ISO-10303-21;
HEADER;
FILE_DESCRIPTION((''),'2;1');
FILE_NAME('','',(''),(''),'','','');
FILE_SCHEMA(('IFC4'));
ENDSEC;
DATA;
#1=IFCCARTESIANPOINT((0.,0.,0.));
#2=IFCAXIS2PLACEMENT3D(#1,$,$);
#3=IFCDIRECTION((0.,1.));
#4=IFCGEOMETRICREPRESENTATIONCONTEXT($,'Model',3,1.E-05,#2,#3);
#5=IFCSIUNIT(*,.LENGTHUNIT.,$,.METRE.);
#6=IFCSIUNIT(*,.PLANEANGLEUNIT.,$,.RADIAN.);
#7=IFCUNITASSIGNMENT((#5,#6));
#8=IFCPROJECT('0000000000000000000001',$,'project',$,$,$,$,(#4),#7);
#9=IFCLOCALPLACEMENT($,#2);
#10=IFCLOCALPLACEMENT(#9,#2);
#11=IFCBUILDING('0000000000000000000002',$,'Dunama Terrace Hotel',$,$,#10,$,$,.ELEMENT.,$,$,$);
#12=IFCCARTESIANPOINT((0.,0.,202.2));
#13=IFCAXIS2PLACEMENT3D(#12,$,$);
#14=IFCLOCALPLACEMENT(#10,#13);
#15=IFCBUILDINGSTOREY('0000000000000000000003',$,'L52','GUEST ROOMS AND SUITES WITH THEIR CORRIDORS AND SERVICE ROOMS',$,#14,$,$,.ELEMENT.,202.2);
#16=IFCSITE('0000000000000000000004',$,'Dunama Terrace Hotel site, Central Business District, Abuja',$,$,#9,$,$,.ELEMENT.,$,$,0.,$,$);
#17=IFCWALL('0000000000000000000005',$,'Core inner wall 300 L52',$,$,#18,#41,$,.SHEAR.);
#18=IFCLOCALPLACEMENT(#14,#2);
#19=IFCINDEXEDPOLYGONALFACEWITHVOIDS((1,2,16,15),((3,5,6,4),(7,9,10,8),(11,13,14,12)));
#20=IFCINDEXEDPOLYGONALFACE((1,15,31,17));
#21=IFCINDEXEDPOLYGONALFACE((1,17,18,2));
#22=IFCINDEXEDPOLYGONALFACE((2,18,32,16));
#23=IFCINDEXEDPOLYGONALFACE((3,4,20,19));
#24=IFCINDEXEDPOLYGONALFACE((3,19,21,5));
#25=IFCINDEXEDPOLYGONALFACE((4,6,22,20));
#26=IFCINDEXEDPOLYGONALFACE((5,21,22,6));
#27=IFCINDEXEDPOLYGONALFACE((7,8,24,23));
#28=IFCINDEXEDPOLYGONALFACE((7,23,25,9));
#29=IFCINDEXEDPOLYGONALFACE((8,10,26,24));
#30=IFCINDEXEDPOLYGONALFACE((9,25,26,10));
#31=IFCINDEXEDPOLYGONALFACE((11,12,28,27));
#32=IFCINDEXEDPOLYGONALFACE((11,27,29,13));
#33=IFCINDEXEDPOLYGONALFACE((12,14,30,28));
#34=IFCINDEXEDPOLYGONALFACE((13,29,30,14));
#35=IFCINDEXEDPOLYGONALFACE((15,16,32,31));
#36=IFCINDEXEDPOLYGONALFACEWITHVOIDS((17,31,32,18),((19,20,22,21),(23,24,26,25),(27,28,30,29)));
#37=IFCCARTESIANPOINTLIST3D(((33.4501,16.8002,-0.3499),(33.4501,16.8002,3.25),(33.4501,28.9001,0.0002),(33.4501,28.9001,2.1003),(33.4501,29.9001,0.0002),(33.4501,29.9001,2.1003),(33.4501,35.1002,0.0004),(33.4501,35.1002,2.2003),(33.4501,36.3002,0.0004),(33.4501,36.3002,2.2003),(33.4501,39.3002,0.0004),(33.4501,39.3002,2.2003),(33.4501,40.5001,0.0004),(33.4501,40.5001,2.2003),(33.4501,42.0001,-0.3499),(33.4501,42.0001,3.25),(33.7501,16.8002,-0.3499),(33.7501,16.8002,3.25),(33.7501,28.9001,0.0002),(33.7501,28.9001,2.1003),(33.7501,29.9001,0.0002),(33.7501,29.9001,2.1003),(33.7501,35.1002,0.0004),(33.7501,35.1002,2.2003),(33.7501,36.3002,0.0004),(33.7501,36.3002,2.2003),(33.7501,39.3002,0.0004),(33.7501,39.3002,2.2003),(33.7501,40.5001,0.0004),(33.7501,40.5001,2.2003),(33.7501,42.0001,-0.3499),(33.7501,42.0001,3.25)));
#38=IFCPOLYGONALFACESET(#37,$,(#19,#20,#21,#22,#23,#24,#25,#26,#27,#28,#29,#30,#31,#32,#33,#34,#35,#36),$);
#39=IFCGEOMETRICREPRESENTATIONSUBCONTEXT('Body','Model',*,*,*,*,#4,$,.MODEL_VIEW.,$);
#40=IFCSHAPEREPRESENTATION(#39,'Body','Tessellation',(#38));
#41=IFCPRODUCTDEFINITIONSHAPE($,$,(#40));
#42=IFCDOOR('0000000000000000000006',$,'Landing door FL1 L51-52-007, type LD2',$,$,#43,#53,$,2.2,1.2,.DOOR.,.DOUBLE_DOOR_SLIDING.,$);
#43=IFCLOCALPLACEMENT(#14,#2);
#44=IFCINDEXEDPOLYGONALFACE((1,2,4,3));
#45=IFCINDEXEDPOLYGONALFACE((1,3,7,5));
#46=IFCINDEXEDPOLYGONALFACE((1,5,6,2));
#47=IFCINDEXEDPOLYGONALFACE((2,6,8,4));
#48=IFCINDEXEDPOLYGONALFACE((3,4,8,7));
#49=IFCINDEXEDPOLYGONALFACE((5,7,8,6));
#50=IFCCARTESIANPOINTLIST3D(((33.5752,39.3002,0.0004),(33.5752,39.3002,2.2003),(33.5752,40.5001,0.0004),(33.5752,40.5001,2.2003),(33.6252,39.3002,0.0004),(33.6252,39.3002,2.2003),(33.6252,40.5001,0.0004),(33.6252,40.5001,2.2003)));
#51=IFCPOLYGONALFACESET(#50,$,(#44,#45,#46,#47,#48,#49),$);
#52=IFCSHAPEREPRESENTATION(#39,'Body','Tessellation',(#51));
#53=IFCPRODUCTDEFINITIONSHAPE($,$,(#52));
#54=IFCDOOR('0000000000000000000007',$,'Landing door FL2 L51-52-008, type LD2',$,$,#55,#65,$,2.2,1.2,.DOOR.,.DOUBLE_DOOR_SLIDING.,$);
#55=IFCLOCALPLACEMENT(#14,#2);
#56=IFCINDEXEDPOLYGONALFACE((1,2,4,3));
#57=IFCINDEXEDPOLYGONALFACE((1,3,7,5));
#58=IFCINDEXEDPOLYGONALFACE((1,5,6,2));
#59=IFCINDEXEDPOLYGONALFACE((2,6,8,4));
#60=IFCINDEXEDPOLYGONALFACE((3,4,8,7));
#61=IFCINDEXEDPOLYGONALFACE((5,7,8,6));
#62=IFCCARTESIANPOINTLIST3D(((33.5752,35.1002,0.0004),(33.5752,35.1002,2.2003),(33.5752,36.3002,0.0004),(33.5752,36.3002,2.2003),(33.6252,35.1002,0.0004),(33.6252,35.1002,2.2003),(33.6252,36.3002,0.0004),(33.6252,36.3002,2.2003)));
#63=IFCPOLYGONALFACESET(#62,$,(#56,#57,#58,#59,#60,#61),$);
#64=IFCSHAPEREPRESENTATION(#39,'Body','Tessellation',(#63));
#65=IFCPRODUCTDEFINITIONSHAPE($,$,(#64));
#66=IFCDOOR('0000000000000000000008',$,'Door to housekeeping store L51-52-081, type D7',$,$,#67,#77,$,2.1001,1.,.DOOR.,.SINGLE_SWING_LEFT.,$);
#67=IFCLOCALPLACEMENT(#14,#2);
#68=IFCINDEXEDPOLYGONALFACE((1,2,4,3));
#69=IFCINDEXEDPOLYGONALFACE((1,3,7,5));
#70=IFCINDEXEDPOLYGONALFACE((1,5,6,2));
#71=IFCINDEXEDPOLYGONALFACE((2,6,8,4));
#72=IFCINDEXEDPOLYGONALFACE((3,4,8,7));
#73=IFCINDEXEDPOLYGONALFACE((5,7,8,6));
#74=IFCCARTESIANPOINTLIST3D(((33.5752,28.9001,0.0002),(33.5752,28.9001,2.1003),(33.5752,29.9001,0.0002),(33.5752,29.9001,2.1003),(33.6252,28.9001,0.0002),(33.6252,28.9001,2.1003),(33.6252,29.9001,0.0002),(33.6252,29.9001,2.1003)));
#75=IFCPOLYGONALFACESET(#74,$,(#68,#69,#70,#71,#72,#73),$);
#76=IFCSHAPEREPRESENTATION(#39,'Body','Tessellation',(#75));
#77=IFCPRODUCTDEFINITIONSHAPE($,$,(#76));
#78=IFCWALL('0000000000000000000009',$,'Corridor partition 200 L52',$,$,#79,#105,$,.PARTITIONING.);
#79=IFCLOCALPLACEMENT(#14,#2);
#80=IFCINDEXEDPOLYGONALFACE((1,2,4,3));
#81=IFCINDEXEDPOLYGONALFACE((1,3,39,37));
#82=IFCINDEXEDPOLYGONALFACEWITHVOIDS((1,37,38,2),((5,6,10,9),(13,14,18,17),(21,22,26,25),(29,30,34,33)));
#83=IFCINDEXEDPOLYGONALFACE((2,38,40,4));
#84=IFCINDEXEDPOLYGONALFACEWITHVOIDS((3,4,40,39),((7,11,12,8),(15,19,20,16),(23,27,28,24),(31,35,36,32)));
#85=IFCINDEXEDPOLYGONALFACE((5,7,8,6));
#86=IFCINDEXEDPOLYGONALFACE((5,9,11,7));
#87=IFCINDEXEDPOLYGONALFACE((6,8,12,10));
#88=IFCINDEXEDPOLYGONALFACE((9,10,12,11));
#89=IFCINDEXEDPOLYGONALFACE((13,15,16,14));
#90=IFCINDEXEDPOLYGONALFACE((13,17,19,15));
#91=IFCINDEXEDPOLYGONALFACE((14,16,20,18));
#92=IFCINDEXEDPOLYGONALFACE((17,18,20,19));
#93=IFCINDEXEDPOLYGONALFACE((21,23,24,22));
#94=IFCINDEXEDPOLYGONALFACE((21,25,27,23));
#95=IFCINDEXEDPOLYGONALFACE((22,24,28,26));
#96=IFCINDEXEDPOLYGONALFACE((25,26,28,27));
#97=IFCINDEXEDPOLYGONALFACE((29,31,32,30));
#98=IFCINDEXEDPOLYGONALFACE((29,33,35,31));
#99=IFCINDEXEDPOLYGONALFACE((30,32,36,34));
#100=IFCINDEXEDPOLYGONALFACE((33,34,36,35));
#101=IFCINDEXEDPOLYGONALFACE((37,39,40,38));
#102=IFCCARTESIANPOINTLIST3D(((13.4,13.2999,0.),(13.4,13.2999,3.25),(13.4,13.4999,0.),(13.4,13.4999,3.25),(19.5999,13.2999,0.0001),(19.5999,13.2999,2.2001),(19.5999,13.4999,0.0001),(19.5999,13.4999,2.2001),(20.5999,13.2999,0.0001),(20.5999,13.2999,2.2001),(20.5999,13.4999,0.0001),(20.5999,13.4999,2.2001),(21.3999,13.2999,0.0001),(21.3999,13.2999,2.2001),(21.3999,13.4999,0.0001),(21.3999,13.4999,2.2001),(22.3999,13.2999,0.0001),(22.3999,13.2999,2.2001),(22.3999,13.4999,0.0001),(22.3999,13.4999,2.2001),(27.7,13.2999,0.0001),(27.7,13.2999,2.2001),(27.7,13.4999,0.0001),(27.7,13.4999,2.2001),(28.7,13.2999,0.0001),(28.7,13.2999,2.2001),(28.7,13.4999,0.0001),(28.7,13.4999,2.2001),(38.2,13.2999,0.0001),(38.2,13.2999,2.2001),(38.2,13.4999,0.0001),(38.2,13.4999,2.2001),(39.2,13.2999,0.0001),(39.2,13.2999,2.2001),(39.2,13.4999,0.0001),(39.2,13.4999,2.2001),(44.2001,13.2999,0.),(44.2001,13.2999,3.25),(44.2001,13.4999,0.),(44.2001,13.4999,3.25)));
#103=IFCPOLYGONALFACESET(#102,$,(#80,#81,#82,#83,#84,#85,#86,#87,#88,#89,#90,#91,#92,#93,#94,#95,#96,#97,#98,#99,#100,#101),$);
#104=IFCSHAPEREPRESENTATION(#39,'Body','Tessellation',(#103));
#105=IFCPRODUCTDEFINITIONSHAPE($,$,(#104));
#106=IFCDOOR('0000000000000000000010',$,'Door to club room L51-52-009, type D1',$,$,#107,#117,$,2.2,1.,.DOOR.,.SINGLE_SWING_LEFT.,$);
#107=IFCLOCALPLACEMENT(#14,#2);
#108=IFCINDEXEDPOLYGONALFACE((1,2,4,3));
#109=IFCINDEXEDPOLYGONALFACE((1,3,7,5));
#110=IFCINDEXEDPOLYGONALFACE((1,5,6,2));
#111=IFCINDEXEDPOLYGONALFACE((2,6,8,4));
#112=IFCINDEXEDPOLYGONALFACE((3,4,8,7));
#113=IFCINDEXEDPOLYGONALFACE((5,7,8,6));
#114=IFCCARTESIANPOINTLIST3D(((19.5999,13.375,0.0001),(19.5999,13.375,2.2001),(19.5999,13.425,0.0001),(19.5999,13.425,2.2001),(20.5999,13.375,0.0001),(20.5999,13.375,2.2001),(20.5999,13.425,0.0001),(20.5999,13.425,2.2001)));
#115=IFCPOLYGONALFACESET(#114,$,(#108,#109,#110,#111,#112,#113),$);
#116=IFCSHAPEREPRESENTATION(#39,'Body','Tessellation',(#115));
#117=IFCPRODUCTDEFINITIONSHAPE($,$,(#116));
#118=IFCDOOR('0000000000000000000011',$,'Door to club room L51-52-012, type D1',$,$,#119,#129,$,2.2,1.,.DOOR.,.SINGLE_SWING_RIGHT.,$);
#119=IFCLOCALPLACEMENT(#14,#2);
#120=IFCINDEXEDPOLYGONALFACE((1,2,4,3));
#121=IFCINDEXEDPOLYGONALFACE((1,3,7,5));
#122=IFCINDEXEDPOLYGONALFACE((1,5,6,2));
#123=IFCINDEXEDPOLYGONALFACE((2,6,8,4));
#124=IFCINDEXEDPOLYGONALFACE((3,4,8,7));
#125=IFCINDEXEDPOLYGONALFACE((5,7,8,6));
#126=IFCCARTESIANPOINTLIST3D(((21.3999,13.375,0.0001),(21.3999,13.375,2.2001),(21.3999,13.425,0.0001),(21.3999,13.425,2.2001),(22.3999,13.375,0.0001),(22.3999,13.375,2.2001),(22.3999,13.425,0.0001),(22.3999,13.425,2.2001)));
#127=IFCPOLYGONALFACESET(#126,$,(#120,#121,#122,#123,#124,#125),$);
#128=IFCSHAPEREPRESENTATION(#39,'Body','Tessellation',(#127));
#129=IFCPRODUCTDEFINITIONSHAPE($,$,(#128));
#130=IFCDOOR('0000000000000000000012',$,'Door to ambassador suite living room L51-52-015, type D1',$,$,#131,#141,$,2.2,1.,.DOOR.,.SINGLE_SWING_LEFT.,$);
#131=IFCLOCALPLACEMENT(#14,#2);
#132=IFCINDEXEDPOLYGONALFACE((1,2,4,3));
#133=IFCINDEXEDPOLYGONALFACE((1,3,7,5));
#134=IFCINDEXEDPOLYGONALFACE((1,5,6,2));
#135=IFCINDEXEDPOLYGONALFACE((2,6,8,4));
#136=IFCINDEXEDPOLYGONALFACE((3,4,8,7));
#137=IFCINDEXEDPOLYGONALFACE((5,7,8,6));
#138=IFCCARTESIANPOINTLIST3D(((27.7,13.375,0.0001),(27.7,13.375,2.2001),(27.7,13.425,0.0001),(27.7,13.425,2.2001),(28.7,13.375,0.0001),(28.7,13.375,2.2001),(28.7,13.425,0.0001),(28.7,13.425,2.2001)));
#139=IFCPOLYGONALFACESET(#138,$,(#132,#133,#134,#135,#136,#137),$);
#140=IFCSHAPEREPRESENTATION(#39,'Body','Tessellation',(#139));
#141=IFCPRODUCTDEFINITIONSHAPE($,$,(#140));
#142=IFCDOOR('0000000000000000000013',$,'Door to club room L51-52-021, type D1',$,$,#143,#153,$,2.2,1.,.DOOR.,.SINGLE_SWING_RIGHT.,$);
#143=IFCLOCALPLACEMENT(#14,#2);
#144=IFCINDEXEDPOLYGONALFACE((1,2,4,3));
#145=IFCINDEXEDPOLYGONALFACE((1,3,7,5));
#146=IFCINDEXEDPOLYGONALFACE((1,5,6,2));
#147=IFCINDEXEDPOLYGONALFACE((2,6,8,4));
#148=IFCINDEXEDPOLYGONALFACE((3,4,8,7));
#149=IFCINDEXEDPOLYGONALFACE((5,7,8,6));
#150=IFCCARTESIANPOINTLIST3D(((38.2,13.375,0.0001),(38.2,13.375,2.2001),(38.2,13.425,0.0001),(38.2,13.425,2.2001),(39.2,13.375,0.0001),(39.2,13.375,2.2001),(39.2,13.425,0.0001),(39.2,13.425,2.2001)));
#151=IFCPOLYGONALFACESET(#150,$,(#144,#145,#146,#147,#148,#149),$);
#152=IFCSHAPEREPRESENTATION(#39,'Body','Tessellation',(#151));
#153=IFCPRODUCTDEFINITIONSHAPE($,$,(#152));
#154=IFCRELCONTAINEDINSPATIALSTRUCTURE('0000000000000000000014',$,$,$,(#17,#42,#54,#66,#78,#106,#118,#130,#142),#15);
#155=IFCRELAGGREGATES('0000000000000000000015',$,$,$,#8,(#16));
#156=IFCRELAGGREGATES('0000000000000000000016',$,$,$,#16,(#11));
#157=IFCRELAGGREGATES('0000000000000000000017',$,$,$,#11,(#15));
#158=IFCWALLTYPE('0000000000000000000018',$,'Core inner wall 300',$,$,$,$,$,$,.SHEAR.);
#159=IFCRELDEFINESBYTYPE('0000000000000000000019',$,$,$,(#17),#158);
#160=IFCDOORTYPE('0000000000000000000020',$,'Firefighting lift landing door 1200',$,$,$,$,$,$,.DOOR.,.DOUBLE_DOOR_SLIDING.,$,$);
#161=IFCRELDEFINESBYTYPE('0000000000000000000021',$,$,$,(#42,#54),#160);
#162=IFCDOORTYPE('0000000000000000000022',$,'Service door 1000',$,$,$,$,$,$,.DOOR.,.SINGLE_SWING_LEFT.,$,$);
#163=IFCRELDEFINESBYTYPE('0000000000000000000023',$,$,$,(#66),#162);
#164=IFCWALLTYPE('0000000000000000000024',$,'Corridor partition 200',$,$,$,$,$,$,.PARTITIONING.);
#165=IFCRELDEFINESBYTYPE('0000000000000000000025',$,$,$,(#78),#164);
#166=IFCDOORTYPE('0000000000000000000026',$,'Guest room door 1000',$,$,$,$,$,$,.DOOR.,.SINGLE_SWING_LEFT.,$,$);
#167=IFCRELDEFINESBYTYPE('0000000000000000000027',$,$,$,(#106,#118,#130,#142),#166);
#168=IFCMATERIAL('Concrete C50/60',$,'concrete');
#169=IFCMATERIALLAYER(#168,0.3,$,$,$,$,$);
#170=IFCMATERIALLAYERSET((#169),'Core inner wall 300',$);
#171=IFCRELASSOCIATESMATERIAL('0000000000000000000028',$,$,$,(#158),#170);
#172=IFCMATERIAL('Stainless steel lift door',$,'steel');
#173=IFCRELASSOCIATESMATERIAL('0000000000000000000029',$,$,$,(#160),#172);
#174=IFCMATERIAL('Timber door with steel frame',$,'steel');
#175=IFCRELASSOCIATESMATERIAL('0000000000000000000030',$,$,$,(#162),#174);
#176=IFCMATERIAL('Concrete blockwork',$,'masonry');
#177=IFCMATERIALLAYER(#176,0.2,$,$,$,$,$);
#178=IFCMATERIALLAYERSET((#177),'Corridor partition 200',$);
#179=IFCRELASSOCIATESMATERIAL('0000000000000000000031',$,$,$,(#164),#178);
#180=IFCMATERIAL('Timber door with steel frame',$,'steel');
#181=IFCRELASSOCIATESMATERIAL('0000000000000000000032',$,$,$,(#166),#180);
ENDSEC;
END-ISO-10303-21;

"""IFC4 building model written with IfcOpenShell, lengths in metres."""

from ifc_helpers import new_model, si_unit, direction, frame, frame_2d, origin, place, context, subcontext, project, spatial, rectangle, extrude, material, layer, layer_set, type_object, element, fill, save


model = new_model("IFC4")

# Units and contexts
model_context = context("Model", 3, precision=1e-05, world=origin(), true_north=direction((0.0, 1.0)))
body_context = subcontext(model_context, "Body", "Model", "MODEL_VIEW")
ifc_project = project(units=[si_unit("LENGTHUNIT", "METRE"), si_unit("PLANEANGLEUNIT", "RADIAN")], contexts=[model_context])

# Site, building, storey
site_placement = place(None, origin())
site = spatial("IfcSite", under=ifc_project, at=site_placement, Name="Dunama Terrace Hotel site, Central Business District, Abuja", CompositionType="ELEMENT", RefElevation=0.0)
building_placement = place(site_placement, origin())
building = spatial("IfcBuilding", under=site, at=building_placement, Name="Dunama Terrace Hotel", CompositionType="ELEMENT")
storey_placement = place(building_placement, frame((0.0, 0.0, 202.2)))
storey = spatial("IfcBuildingStorey", under=building, at=storey_placement, Name="L52", Description="GUEST ROOMS AND SUITES WITH THEIR CORRIDORS AND SERVICE ROOMS", CompositionType="ELEMENT", Elevation=202.2)

# Walls, openings, doors
ifc_material_1 = material(Name="Concrete C50/60", Category="concrete")
ifc_layer_1 = layer(ifc_material_1, 0.3)
ifc_layer_set_1 = layer_set([ifc_layer_1], Name="Core inner wall 300")
wall_type_1 = type_object("IfcWallType", Name="Core inner wall 300", PredefinedType="SHEAR", material=ifc_layer_set_1)
wall_1_placement = place(storey_placement, frame((33.6001, 16.8, -0.3499), z_axis=(0.0, 0.0, 1.0), x_axis=(0.0, 1.0, 0.0)))
wall_1 = element("IfcWall", 1, at=wall_1_placement, inside=storey, type_object=wall_type_1, Name="Core inner wall 300 L52", PredefinedType="SHEAR", context=body_context, shape_type="SweptSolid", body=[
    extrude(rectangle(XDim=25.2, YDim=0.3, at=frame_2d((12.6001, 0.0))), origin(), (0.0, 0.0, 1.0), 3.5999),
])
opening_1_placement = place(wall_1_placement, frame((22.5, 0.0, 0.3501)))
opening_1 = element("IfcOpeningElement", 2, at=opening_1_placement, cuts=wall_1, PredefinedType="OPENING", context=body_context, shape_type="SweptSolid", body=[
    extrude(rectangle(XDim=1.2, YDim=2.2, at=frame_2d((0.6001, 1.1001))), frame((0.0, 0.1599, 0.0), z_axis=(0.0, -1.0, 0.0), x_axis=(1.0, 0.0, 0.0)), (0.0, 0.0, 1.0), 0.3201),
])
opening_2_placement = place(wall_1_placement, frame((18.3, 0.0, 0.3501)))
opening_2 = element("IfcOpeningElement", 3, at=opening_2_placement, cuts=wall_1, PredefinedType="OPENING", context=body_context, shape_type="SweptSolid", body=[
    extrude(rectangle(XDim=1.2, YDim=2.2, at=frame_2d((0.6001, 1.1001))), frame((0.0, 0.1599, 0.0), z_axis=(0.0, -1.0, 0.0), x_axis=(1.0, 0.0, 0.0)), (0.0, 0.0, 1.0), 0.3201),
])
opening_3_placement = place(wall_1_placement, frame((12.1001, 0.0, 0.3501)))
opening_3 = element("IfcOpeningElement", 4, at=opening_3_placement, cuts=wall_1, PredefinedType="OPENING", context=body_context, shape_type="SweptSolid", body=[
    extrude(rectangle(XDim=1.0, YDim=2.1001, at=frame_2d((0.5, 1.05))), frame((0.0, 0.1599, 0.0), z_axis=(0.0, -1.0, 0.0), x_axis=(1.0, 0.0, 0.0)), (0.0, 0.0, 1.0), 0.3201),
])
ifc_material_2 = material(Name="Stainless steel lift door", Category="steel")
door_type_1 = type_object("IfcDoorType", Name="Firefighting lift landing door 1200", OperationType="DOUBLE_DOOR_SLIDING", PredefinedType="DOOR", material=ifc_material_2)
door_1_placement = place(opening_1_placement, origin())
door_1 = element("IfcDoor", 5, at=door_1_placement, inside=storey, type_object=door_type_1, Name="Landing door FL1 L51-52-007, type LD2", OperationType="DOUBLE_DOOR_SLIDING", OverallHeight=2.2, OverallWidth=1.2, PredefinedType="DOOR", context=body_context, shape_type="SweptSolid", body=[
    extrude(rectangle(XDim=1.2, YDim=2.2, at=frame_2d((0.6001, 1.1001))), frame((0.0, 0.0249, 0.0), z_axis=(0.0, -1.0, 0.0), x_axis=(1.0, 0.0, 0.0)), (0.0, 0.0, 1.0), 0.05),
])
fill(opening_1, door_1)
door_2_placement = place(opening_2_placement, origin())
door_2 = element("IfcDoor", 6, at=door_2_placement, inside=storey, type_object=door_type_1, Name="Landing door FL2 L51-52-008, type LD2", OperationType="DOUBLE_DOOR_SLIDING", OverallHeight=2.2, OverallWidth=1.2, PredefinedType="DOOR", context=body_context, shape_type="SweptSolid", body=[
    extrude(rectangle(XDim=1.2, YDim=2.2, at=frame_2d((0.6001, 1.1001))), frame((0.0, 0.0249, 0.0), z_axis=(0.0, -1.0, 0.0), x_axis=(1.0, 0.0, 0.0)), (0.0, 0.0, 1.0), 0.05),
])
fill(opening_2, door_2)
ifc_material_3 = material(Name="Timber door with steel frame", Category="steel")
door_type_2 = type_object("IfcDoorType", Name="Service door 1000", OperationType="SINGLE_SWING_LEFT", PredefinedType="DOOR", material=ifc_material_3)
door_3_placement = place(opening_3_placement, origin())
door_3 = element("IfcDoor", 7, at=door_3_placement, inside=storey, type_object=door_type_2, Name="Door to housekeeping store L51-52-081, type D7", OperationType="SINGLE_SWING_LEFT", OverallHeight=2.1001, OverallWidth=1.0, PredefinedType="DOOR", context=body_context, shape_type="SweptSolid", body=[
    extrude(rectangle(XDim=1.0, YDim=2.1001, at=frame_2d((0.5, 1.05))), frame((0.0, 0.0249, 0.0), z_axis=(0.0, -1.0, 0.0), x_axis=(1.0, 0.0, 0.0)), (0.0, 0.0, 1.0), 0.05),
])
fill(opening_3, door_3)
ifc_material_4 = material(Name="Concrete blockwork", Category="masonry")
ifc_layer_2 = layer(ifc_material_4, 0.2)
ifc_layer_set_2 = layer_set([ifc_layer_2], Name="Corridor partition 200")
wall_type_2 = type_object("IfcWallType", Name="Corridor partition 200", PredefinedType="PARTITIONING", material=ifc_layer_set_2)
wall_2_placement = place(storey_placement, frame((44.2, 13.3999, 0.0), z_axis=(0.0, 0.0, 1.0), x_axis=(-1.0, 0.0, 0.0)))
wall_2 = element("IfcWall", 8, at=wall_2_placement, inside=storey, type_object=wall_type_2, Name="Corridor partition 200 L52", PredefinedType="PARTITIONING", context=body_context, shape_type="SweptSolid", body=[
    extrude(rectangle(XDim=30.8, YDim=0.2, at=frame_2d((15.3999, 0.0))), origin(), (0.0, 0.0, 1.0), 3.25),
])
opening_4_placement = place(wall_2_placement, frame((23.6001, 0.0, 0.0)))
opening_4 = element("IfcOpeningElement", 9, at=opening_4_placement, cuts=wall_2, PredefinedType="OPENING", context=body_context, shape_type="SweptSolid", body=[
    extrude(rectangle(XDim=1.0, YDim=2.2, at=frame_2d((0.5, 1.1001))), frame((0.0, 0.1099, 0.0), z_axis=(0.0, -1.0, 0.0), x_axis=(1.0, 0.0, 0.0)), (0.0, 0.0, 1.0), 0.22),
])
opening_5_placement = place(wall_2_placement, frame((21.8, 0.0, 0.0)))
opening_5 = element("IfcOpeningElement", 10, at=opening_5_placement, cuts=wall_2, PredefinedType="OPENING", context=body_context, shape_type="SweptSolid", body=[
    extrude(rectangle(XDim=1.0, YDim=2.2, at=frame_2d((0.5, 1.1001))), frame((0.0, 0.1099, 0.0), z_axis=(0.0, -1.0, 0.0), x_axis=(1.0, 0.0, 0.0)), (0.0, 0.0, 1.0), 0.22),
])
opening_6_placement = place(wall_2_placement, frame((15.5, 0.0, 0.0)))
opening_6 = element("IfcOpeningElement", 11, at=opening_6_placement, cuts=wall_2, PredefinedType="OPENING", context=body_context, shape_type="SweptSolid", body=[
    extrude(rectangle(XDim=1.0, YDim=2.2, at=frame_2d((0.5, 1.1001))), frame((0.0, 0.1099, 0.0), z_axis=(0.0, -1.0, 0.0), x_axis=(1.0, 0.0, 0.0)), (0.0, 0.0, 1.0), 0.22),
])
opening_7_placement = place(wall_2_placement, frame((5.0, 0.0, 0.0)))
opening_7 = element("IfcOpeningElement", 12, at=opening_7_placement, cuts=wall_2, PredefinedType="OPENING", context=body_context, shape_type="SweptSolid", body=[
    extrude(rectangle(XDim=1.0, YDim=2.2, at=frame_2d((0.5, 1.1001))), frame((0.0, 0.1099, 0.0), z_axis=(0.0, -1.0, 0.0), x_axis=(1.0, 0.0, 0.0)), (0.0, 0.0, 1.0), 0.22),
])
ifc_material_5 = material(Name="Timber door with steel frame", Category="steel")
door_type_3 = type_object("IfcDoorType", Name="Guest room door 1000", OperationType="SINGLE_SWING_LEFT", PredefinedType="DOOR", material=ifc_material_5)
door_4_placement = place(opening_4_placement, origin())
door_4 = element("IfcDoor", 13, at=door_4_placement, inside=storey, type_object=door_type_3, Name="Door to club room L51-52-009, type D1", OperationType="SINGLE_SWING_LEFT", OverallHeight=2.2, OverallWidth=1.0, PredefinedType="DOOR", context=body_context, shape_type="SweptSolid", body=[
    extrude(rectangle(XDim=1.0, YDim=2.2, at=frame_2d((0.5, 1.1001))), frame((0.0, 0.0249, 0.0), z_axis=(0.0, -1.0, 0.0), x_axis=(1.0, 0.0, 0.0)), (0.0, 0.0, 1.0), 0.05),
])
fill(opening_4, door_4)
door_5_placement = place(opening_5_placement, origin())
door_5 = element("IfcDoor", 14, at=door_5_placement, inside=storey, type_object=door_type_3, Name="Door to club room L51-52-012, type D1", OperationType="SINGLE_SWING_RIGHT", OverallHeight=2.2, OverallWidth=1.0, PredefinedType="DOOR", context=body_context, shape_type="SweptSolid", body=[
    extrude(rectangle(XDim=1.0, YDim=2.2, at=frame_2d((0.5, 1.1001))), frame((0.0, 0.0249, 0.0), z_axis=(0.0, -1.0, 0.0), x_axis=(1.0, 0.0, 0.0)), (0.0, 0.0, 1.0), 0.05),
])
fill(opening_5, door_5)
door_6_placement = place(opening_6_placement, origin())
door_6 = element("IfcDoor", 15, at=door_6_placement, inside=storey, type_object=door_type_3, Name="Door to ambassador suite living room L51-52-015, type D1", OperationType="SINGLE_SWING_LEFT", OverallHeight=2.2, OverallWidth=1.0, PredefinedType="DOOR", context=body_context, shape_type="SweptSolid", body=[
    extrude(rectangle(XDim=1.0, YDim=2.2, at=frame_2d((0.5, 1.1001))), frame((0.0, 0.0249, 0.0), z_axis=(0.0, -1.0, 0.0), x_axis=(1.0, 0.0, 0.0)), (0.0, 0.0, 1.0), 0.05),
])
fill(opening_6, door_6)
door_7_placement = place(opening_7_placement, origin())
door_7 = element("IfcDoor", 16, at=door_7_placement, inside=storey, type_object=door_type_3, Name="Door to club room L51-52-021, type D1", OperationType="SINGLE_SWING_RIGHT", OverallHeight=2.2, OverallWidth=1.0, PredefinedType="DOOR", context=body_context, shape_type="SweptSolid", body=[
    extrude(rectangle(XDim=1.0, YDim=2.2, at=frame_2d((0.5, 1.1001))), frame((0.0, 0.0249, 0.0), z_axis=(0.0, -1.0, 0.0), x_axis=(1.0, 0.0, 0.0)), (0.0, 0.0, 1.0), 0.05),
])
fill(opening_7, door_7)

save(model, "model.ifc")
